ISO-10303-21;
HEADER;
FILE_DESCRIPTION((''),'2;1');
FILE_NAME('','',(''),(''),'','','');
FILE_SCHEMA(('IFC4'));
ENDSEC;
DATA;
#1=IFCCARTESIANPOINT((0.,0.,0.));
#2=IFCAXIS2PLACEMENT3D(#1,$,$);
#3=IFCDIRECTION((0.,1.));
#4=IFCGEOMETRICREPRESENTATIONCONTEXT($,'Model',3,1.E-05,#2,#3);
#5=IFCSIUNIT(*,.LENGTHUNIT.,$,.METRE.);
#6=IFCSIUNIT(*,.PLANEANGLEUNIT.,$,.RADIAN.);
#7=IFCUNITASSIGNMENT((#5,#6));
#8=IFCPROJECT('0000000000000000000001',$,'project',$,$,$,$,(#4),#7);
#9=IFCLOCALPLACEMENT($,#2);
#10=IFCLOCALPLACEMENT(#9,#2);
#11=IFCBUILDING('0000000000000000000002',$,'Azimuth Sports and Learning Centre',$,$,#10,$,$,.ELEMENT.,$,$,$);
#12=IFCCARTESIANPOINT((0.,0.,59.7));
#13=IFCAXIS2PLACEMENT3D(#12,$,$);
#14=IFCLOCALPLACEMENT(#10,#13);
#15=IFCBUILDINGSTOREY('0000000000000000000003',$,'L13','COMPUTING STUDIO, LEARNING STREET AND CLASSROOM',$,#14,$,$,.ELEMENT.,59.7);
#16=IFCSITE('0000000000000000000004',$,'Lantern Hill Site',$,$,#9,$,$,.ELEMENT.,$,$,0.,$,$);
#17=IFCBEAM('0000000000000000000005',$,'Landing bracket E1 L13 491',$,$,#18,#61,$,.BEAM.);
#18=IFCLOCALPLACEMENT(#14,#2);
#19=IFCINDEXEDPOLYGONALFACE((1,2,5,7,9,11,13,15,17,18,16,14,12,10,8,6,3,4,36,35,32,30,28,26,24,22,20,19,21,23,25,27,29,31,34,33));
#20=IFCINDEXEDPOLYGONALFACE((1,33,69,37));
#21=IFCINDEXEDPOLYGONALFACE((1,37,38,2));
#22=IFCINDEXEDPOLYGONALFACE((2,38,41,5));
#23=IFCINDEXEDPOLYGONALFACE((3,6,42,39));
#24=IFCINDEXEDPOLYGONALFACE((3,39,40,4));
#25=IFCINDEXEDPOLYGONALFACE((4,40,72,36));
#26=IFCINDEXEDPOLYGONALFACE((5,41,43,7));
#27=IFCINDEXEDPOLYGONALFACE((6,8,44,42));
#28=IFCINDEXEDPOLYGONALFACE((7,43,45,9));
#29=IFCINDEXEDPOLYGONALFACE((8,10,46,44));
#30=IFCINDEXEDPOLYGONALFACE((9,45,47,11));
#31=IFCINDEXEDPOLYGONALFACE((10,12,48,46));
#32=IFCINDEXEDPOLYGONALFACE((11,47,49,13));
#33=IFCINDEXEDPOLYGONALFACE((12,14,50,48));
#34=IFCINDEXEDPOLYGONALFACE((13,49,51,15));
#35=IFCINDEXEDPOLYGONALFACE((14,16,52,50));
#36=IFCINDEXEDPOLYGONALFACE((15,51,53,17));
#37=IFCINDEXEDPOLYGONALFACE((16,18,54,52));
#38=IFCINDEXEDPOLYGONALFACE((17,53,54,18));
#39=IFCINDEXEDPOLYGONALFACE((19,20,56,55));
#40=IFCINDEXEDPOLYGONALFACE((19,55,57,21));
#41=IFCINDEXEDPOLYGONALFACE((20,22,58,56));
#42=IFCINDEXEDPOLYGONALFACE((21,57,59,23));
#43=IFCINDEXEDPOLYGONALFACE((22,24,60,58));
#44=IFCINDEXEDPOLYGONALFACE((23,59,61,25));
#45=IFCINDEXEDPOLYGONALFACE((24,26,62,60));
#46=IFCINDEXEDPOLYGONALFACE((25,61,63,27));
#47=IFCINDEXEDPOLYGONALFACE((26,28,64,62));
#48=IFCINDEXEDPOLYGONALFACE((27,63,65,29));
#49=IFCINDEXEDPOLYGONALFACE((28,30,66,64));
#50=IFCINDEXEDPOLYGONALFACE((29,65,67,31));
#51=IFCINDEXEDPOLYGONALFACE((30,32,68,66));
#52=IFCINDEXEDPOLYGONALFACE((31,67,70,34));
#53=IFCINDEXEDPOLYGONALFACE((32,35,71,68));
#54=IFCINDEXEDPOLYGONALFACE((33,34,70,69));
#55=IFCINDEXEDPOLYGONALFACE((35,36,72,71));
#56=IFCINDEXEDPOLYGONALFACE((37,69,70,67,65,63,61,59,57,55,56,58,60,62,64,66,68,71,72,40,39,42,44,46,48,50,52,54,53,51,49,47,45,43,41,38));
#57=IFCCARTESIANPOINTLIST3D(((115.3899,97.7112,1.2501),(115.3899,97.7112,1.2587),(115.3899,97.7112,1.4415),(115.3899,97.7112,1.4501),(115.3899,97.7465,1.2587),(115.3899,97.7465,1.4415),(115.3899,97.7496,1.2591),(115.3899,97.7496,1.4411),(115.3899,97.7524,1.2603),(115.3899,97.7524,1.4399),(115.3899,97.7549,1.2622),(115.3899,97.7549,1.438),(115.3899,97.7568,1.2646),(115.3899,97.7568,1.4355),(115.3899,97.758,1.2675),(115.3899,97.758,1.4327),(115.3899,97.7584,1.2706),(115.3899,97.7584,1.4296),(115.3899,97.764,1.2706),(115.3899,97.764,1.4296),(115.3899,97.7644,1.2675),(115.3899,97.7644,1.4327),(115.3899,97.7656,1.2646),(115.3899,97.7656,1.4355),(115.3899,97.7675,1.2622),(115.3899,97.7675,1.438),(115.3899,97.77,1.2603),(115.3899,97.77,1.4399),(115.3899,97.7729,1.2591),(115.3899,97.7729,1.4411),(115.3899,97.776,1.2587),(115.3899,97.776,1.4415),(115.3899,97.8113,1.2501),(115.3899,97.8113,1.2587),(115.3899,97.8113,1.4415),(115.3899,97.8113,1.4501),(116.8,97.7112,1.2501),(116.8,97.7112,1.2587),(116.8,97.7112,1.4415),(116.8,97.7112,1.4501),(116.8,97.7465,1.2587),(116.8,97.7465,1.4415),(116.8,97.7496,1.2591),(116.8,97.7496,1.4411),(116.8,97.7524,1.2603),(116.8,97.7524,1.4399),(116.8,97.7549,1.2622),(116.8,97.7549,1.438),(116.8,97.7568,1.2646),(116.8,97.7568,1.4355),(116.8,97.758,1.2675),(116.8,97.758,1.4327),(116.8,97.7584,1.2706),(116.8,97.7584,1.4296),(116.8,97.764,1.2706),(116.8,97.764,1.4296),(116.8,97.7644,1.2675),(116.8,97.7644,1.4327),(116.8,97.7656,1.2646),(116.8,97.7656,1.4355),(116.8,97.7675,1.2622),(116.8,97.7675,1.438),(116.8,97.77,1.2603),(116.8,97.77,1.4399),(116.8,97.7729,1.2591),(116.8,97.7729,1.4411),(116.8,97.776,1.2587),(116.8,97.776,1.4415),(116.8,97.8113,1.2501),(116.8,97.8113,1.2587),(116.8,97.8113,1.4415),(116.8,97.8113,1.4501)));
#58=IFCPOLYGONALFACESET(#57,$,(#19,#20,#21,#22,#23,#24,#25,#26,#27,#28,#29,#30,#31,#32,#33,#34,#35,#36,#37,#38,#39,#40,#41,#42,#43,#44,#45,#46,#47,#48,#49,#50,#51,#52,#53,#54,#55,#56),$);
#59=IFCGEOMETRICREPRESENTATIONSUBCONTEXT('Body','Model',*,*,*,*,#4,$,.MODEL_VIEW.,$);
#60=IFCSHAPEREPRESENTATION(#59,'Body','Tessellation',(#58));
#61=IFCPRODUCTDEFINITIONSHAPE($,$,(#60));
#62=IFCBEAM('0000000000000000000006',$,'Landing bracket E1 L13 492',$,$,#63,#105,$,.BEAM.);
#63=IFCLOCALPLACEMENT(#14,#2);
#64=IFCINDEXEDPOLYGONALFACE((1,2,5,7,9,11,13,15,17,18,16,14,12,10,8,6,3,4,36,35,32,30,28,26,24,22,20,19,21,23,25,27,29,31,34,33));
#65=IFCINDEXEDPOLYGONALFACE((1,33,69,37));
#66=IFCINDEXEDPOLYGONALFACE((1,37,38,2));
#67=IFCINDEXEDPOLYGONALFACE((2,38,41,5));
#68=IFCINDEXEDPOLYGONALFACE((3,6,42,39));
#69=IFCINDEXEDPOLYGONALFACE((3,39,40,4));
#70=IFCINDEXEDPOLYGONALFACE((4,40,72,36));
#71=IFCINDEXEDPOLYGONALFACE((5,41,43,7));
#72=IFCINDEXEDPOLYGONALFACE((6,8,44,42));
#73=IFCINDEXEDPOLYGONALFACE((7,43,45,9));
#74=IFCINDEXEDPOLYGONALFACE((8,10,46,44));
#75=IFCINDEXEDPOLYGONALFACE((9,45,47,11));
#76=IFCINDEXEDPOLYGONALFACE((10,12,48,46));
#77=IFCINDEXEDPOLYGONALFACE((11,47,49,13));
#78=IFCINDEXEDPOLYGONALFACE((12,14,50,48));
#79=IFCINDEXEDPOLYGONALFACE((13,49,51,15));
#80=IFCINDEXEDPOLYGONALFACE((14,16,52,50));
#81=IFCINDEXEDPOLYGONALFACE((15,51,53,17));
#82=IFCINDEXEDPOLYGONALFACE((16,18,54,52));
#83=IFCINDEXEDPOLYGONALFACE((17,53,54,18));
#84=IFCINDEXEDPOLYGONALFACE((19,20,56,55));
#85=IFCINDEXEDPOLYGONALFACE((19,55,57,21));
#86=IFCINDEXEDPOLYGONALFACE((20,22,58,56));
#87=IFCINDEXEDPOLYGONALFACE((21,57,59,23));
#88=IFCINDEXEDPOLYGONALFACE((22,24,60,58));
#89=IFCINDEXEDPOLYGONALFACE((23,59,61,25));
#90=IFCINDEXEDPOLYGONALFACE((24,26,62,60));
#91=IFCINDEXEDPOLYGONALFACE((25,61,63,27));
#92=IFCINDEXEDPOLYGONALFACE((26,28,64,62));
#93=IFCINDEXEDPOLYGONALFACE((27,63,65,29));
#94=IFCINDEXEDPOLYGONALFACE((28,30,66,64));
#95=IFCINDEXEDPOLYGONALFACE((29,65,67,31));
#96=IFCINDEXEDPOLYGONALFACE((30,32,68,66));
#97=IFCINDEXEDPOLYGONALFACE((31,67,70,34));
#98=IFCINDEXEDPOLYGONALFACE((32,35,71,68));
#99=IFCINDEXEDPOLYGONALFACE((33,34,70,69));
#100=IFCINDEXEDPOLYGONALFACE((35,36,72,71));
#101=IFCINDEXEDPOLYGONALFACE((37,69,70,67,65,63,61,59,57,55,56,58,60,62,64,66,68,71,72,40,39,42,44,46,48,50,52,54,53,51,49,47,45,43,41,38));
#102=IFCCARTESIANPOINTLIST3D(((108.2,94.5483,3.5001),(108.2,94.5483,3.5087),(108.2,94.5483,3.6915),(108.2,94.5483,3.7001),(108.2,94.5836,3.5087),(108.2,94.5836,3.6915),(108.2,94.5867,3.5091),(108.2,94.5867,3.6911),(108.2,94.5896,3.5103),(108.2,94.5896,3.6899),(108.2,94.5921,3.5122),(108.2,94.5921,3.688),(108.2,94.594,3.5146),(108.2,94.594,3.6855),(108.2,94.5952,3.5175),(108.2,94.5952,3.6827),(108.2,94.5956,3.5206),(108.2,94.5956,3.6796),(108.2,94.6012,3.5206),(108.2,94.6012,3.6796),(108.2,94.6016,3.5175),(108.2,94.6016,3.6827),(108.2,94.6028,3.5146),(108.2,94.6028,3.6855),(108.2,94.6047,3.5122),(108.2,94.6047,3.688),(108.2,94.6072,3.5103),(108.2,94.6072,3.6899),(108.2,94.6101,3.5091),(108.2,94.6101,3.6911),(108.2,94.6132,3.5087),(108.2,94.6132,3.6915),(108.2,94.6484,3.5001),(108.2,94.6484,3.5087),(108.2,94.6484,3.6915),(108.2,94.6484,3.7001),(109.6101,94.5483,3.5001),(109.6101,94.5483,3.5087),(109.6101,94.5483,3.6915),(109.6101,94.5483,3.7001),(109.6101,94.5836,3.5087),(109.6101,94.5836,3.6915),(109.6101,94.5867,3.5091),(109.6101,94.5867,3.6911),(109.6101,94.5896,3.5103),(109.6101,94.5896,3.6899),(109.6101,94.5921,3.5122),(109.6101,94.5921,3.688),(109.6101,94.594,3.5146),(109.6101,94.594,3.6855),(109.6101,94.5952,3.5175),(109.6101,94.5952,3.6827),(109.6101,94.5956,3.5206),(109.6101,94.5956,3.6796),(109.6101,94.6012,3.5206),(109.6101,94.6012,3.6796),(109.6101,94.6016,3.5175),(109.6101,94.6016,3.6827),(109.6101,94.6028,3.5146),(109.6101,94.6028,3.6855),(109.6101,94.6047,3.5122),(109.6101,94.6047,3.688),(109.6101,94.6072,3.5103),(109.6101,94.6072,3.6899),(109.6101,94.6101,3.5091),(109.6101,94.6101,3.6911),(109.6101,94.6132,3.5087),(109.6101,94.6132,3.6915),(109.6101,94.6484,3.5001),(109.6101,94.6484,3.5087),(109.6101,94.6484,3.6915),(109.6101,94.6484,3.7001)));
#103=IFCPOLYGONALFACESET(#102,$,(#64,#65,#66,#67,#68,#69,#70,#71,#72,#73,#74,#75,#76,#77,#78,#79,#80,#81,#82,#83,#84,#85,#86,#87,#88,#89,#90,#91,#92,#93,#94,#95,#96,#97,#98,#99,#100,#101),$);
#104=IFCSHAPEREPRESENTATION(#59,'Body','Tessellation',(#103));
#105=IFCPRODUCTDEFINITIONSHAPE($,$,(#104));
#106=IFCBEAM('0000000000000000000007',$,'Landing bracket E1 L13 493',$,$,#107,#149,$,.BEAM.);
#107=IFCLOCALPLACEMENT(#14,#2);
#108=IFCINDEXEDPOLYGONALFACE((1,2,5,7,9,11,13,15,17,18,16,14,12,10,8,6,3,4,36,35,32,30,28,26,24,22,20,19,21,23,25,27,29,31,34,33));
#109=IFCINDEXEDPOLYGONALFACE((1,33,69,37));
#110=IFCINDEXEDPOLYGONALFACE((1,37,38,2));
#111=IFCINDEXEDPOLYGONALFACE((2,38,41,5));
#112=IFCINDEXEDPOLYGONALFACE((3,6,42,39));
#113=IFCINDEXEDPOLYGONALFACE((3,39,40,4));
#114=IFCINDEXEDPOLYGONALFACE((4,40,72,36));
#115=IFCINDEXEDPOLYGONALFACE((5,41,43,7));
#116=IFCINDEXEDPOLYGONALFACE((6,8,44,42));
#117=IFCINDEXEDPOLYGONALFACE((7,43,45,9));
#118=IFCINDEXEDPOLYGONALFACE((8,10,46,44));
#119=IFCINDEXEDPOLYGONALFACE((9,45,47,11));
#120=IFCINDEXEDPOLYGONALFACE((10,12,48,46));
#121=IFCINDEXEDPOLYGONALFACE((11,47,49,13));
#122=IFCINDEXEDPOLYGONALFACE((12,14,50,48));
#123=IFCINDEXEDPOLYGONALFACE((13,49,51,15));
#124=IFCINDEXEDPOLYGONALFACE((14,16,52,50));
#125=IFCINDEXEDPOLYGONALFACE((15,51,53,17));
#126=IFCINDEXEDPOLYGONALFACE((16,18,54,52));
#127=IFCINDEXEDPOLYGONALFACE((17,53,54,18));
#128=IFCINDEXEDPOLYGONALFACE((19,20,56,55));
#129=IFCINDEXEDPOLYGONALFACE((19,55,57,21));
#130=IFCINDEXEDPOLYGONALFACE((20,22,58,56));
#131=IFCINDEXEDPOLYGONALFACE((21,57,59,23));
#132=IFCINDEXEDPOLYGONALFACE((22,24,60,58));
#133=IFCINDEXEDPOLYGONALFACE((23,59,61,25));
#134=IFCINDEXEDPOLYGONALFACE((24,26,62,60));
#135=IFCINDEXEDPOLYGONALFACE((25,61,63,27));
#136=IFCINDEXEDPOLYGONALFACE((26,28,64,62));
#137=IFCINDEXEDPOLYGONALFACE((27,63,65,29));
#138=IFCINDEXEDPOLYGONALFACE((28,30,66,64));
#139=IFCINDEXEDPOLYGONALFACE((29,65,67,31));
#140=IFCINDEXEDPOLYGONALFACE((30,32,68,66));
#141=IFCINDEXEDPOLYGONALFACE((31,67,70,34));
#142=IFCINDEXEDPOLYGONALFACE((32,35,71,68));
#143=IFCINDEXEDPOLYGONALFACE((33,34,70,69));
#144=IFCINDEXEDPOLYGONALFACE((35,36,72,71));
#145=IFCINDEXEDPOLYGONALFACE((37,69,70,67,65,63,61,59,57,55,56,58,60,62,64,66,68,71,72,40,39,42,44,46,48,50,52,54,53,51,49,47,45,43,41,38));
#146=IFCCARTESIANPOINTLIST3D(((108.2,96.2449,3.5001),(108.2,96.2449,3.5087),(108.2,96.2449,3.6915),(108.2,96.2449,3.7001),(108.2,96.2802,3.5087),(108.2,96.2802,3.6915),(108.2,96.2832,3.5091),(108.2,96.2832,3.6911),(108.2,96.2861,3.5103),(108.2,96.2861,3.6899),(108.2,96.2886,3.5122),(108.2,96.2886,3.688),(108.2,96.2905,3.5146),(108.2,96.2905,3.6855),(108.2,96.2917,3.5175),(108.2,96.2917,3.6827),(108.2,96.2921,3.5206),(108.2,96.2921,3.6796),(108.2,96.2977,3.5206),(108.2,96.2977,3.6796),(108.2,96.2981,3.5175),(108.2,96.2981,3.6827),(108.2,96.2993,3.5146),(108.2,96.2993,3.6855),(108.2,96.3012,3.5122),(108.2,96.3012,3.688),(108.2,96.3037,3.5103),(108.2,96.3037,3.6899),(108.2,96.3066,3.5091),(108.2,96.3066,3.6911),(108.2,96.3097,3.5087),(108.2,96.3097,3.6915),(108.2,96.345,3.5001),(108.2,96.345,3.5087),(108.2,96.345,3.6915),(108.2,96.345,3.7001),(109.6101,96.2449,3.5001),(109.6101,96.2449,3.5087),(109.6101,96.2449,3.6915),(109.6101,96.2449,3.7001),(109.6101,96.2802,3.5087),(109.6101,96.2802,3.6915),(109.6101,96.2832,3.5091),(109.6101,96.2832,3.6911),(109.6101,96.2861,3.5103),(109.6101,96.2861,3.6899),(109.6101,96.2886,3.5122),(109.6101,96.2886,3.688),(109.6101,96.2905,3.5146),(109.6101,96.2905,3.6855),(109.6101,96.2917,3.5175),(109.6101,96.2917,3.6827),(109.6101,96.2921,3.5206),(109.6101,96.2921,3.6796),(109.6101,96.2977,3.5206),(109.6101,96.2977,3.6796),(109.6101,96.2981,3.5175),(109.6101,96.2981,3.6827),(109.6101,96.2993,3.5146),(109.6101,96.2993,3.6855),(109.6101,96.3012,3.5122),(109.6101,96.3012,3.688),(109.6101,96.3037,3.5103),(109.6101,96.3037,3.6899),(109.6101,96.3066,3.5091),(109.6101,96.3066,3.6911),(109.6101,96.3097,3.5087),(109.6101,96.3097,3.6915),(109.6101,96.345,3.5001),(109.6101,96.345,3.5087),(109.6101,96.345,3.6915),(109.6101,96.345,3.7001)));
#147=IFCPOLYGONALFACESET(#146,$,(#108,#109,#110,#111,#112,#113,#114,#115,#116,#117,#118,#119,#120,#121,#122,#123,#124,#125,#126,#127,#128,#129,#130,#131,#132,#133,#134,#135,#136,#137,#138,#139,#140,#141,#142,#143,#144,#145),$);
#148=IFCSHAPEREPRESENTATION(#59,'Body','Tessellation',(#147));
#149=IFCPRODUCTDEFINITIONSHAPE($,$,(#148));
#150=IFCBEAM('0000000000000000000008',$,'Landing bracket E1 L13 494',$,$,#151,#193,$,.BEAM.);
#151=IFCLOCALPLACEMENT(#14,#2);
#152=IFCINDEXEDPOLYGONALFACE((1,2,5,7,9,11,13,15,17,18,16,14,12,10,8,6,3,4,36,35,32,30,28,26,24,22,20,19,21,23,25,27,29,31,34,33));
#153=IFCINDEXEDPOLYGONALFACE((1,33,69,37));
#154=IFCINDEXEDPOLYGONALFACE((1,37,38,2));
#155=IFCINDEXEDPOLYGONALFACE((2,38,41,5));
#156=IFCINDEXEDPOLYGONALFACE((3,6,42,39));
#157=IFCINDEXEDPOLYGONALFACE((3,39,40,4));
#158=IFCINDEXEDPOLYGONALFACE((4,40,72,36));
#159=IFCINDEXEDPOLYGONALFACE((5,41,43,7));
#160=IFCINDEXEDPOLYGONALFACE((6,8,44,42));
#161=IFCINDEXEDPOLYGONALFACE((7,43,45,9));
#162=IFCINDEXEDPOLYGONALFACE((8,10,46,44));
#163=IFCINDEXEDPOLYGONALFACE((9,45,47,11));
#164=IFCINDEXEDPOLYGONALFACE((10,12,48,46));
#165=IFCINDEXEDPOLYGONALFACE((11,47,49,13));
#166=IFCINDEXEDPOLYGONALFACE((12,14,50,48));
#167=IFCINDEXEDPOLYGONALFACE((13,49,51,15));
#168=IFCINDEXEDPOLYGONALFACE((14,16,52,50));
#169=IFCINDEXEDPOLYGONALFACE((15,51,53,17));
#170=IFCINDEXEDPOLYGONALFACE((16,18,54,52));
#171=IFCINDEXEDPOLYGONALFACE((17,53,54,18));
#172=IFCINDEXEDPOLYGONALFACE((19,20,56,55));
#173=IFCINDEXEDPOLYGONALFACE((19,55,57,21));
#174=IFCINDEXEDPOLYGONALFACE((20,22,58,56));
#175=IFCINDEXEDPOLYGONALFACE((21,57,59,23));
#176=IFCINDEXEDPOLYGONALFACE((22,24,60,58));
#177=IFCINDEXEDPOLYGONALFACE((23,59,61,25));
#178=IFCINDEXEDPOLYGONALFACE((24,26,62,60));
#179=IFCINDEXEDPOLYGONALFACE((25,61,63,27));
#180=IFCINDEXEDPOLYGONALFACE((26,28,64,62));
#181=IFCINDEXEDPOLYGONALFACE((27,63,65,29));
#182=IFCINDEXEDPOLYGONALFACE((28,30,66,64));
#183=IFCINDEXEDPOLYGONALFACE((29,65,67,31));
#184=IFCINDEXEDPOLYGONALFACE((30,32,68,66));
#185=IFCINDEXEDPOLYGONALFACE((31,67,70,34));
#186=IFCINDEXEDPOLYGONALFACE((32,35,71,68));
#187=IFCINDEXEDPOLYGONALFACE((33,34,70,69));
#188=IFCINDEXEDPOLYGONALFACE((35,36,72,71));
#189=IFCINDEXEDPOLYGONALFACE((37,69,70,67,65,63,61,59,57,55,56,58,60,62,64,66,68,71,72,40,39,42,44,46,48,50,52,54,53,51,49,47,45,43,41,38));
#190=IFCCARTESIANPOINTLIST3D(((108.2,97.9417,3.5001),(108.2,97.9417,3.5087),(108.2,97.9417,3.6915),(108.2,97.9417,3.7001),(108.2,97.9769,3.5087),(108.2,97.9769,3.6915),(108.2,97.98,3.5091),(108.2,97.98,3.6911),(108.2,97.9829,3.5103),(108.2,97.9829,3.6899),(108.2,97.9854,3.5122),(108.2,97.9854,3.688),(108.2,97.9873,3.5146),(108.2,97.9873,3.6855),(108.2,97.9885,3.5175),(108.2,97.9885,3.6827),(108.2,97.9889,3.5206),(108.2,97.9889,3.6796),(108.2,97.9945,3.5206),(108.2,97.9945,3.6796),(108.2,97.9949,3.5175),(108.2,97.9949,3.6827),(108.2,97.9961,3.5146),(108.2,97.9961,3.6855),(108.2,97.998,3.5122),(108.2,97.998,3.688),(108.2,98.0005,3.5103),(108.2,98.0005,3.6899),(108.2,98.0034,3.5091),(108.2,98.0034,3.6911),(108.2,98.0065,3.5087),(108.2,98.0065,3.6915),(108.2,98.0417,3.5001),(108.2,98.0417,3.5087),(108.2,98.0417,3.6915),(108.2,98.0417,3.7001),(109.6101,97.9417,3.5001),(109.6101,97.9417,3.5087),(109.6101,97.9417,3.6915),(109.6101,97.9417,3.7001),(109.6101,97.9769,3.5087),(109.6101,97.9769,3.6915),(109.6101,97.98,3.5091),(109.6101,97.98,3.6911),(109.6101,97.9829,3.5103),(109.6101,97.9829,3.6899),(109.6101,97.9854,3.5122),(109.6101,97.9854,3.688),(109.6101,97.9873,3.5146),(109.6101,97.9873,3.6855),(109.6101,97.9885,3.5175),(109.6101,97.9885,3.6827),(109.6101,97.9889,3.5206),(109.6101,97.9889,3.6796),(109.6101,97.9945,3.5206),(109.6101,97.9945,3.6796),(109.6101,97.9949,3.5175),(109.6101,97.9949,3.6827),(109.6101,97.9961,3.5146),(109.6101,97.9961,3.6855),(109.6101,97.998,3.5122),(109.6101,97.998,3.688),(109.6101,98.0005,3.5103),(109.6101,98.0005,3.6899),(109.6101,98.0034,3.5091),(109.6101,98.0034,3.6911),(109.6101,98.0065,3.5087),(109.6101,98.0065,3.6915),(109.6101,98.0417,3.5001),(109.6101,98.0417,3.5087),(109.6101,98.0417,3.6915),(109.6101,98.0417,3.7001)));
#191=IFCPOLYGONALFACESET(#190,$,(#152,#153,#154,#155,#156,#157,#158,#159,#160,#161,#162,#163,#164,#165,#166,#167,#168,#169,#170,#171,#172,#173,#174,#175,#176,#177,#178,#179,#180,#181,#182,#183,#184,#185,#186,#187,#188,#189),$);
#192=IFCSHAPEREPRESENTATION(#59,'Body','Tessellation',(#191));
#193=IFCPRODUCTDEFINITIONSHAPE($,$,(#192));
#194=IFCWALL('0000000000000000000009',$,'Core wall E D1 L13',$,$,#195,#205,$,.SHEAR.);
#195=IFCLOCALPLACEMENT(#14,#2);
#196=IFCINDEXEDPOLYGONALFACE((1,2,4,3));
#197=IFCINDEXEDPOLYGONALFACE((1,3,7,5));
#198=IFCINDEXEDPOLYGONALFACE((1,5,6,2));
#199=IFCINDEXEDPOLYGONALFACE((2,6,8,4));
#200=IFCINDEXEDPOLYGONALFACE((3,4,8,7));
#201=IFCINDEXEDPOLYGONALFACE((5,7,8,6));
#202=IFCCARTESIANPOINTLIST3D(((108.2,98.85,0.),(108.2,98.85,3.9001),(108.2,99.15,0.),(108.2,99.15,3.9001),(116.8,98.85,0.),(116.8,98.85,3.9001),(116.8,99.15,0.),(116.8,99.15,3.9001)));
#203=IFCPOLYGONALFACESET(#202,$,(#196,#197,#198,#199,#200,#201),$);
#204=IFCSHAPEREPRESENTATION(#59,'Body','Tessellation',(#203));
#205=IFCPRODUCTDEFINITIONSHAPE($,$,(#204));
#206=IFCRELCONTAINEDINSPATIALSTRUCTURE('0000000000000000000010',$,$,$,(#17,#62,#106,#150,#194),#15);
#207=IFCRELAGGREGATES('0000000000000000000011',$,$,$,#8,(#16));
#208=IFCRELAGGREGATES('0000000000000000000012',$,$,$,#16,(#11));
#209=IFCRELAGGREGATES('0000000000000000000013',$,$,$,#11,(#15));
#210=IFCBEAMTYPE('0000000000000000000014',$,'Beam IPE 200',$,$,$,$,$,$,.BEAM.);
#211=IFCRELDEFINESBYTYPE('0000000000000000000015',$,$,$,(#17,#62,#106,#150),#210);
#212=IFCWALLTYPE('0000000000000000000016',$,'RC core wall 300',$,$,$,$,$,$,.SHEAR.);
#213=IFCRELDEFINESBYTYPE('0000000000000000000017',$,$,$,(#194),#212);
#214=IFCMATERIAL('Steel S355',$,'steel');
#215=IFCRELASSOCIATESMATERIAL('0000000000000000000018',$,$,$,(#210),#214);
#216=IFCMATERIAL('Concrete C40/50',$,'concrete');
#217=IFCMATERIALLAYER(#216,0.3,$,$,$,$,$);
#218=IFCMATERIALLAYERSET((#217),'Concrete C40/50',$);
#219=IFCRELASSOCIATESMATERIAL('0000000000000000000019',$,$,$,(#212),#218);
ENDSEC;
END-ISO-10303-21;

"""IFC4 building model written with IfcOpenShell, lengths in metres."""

from ifc_helpers import new_model, si_unit, direction, frame, frame_2d, origin, origin_2d, place, context, subcontext, project, spatial, rectangle, i_section, extrude, material, layer, layer_set, material_profile, profile_set, type_object, element, save


model = new_model("IFC4")

# Units and contexts
model_context = context("Model", 3, precision=1e-05, world=origin(), true_north=direction((0.0, 1.0)))
body_context = subcontext(model_context, "Body", "Model", "MODEL_VIEW")
ifc_project = project(units=[si_unit("LENGTHUNIT", "METRE"), si_unit("PLANEANGLEUNIT", "RADIAN")], contexts=[model_context])

# Site, building, storey
site_placement = place(None, origin())
site = spatial("IfcSite", under=ifc_project, at=site_placement, Name="Lantern Hill Site", CompositionType="ELEMENT", RefElevation=0.0)
building_placement = place(site_placement, origin())
building = spatial("IfcBuilding", under=site, at=building_placement, Name="Azimuth Sports and Learning Centre", CompositionType="ELEMENT")
storey_placement = place(building_placement, frame((0.0, 0.0, 59.7)))
storey = spatial("IfcBuildingStorey", under=building, at=storey_placement, Name="L13", Description="COMPUTING STUDIO, LEARNING STREET AND CLASSROOM", CompositionType="ELEMENT", Elevation=59.7)

# Beams
ifc_material_1 = material(Name="Steel S355", Category="steel")
ifc_material_profile = material_profile(ifc_material_1, i_section(OverallWidth=0.1001, OverallDepth=0.2, WebThickness=0.0056, FlangeThickness=0.0085, FilletRadius=0.012, at=origin_2d()), Name="IPE 200")
ifc_profile_set = profile_set([ifc_material_profile], Name="Steel S355")
beam_type = type_object("IfcBeamType", Name="Beam IPE 200", PredefinedType="BEAM", material=ifc_profile_set)
for number, where, z_axis, x_axis, name in (
    (1, (116.8, 97.7612, 1.3501), (-1.0, 0.0, 0.0), (0.0, -1.0, 0.0), "Landing bracket E1 L13 491"),
    (2, (108.2, 94.5984, 3.6001), (1.0, 0.0, 0.0), (0.0, 1.0, 0.0), "Landing bracket E1 L13 492"),
    (3, (108.2, 96.2949, 3.6001), (1.0, 0.0, 0.0), (0.0, 1.0, 0.0), "Landing bracket E1 L13 493"),
    (4, (108.2, 97.9917, 3.6001), (1.0, 0.0, 0.0), (0.0, 1.0, 0.0), "Landing bracket E1 L13 494"),
):
    element("IfcBeam", number, at=place(storey_placement, frame(where, z_axis=z_axis, x_axis=x_axis)), inside=storey, type_object=beam_type, Name=name, PredefinedType="BEAM", context=body_context, shape_type="SweptSolid", body=[
        extrude(i_section(OverallWidth=0.1001, OverallDepth=0.2, WebThickness=0.0056, FlangeThickness=0.0085, FilletRadius=0.012, at=origin_2d()), origin(), (0.0, 0.0, 1.0), 1.4102),
    ])

# Wall
ifc_material_2 = material(Name="Concrete C40/50", Category="concrete")
ifc_layer_1 = layer(ifc_material_2, 0.3)
ifc_layer_set_1 = layer_set([ifc_layer_1], Name="Concrete C40/50")
wall_type = type_object("IfcWallType", Name="RC core wall 300", PredefinedType="SHEAR", material=ifc_layer_set_1)
wall_placement = place(storey_placement, frame((108.2, 99.0, 0.0), z_axis=(0.0, 0.0, 1.0), x_axis=(1.0, 0.0, 0.0)))
element("IfcWall", 5, at=wall_placement, inside=storey, type_object=wall_type, Name="Core wall E D1 L13", PredefinedType="SHEAR", context=body_context, shape_type="SweptSolid", body=[
    extrude(rectangle(XDim=8.6001, YDim=0.3, at=frame_2d((4.3, 0.0))), origin(), (0.0, 0.0, 1.0), 3.9001),
])

save(model, "model.ifc")
